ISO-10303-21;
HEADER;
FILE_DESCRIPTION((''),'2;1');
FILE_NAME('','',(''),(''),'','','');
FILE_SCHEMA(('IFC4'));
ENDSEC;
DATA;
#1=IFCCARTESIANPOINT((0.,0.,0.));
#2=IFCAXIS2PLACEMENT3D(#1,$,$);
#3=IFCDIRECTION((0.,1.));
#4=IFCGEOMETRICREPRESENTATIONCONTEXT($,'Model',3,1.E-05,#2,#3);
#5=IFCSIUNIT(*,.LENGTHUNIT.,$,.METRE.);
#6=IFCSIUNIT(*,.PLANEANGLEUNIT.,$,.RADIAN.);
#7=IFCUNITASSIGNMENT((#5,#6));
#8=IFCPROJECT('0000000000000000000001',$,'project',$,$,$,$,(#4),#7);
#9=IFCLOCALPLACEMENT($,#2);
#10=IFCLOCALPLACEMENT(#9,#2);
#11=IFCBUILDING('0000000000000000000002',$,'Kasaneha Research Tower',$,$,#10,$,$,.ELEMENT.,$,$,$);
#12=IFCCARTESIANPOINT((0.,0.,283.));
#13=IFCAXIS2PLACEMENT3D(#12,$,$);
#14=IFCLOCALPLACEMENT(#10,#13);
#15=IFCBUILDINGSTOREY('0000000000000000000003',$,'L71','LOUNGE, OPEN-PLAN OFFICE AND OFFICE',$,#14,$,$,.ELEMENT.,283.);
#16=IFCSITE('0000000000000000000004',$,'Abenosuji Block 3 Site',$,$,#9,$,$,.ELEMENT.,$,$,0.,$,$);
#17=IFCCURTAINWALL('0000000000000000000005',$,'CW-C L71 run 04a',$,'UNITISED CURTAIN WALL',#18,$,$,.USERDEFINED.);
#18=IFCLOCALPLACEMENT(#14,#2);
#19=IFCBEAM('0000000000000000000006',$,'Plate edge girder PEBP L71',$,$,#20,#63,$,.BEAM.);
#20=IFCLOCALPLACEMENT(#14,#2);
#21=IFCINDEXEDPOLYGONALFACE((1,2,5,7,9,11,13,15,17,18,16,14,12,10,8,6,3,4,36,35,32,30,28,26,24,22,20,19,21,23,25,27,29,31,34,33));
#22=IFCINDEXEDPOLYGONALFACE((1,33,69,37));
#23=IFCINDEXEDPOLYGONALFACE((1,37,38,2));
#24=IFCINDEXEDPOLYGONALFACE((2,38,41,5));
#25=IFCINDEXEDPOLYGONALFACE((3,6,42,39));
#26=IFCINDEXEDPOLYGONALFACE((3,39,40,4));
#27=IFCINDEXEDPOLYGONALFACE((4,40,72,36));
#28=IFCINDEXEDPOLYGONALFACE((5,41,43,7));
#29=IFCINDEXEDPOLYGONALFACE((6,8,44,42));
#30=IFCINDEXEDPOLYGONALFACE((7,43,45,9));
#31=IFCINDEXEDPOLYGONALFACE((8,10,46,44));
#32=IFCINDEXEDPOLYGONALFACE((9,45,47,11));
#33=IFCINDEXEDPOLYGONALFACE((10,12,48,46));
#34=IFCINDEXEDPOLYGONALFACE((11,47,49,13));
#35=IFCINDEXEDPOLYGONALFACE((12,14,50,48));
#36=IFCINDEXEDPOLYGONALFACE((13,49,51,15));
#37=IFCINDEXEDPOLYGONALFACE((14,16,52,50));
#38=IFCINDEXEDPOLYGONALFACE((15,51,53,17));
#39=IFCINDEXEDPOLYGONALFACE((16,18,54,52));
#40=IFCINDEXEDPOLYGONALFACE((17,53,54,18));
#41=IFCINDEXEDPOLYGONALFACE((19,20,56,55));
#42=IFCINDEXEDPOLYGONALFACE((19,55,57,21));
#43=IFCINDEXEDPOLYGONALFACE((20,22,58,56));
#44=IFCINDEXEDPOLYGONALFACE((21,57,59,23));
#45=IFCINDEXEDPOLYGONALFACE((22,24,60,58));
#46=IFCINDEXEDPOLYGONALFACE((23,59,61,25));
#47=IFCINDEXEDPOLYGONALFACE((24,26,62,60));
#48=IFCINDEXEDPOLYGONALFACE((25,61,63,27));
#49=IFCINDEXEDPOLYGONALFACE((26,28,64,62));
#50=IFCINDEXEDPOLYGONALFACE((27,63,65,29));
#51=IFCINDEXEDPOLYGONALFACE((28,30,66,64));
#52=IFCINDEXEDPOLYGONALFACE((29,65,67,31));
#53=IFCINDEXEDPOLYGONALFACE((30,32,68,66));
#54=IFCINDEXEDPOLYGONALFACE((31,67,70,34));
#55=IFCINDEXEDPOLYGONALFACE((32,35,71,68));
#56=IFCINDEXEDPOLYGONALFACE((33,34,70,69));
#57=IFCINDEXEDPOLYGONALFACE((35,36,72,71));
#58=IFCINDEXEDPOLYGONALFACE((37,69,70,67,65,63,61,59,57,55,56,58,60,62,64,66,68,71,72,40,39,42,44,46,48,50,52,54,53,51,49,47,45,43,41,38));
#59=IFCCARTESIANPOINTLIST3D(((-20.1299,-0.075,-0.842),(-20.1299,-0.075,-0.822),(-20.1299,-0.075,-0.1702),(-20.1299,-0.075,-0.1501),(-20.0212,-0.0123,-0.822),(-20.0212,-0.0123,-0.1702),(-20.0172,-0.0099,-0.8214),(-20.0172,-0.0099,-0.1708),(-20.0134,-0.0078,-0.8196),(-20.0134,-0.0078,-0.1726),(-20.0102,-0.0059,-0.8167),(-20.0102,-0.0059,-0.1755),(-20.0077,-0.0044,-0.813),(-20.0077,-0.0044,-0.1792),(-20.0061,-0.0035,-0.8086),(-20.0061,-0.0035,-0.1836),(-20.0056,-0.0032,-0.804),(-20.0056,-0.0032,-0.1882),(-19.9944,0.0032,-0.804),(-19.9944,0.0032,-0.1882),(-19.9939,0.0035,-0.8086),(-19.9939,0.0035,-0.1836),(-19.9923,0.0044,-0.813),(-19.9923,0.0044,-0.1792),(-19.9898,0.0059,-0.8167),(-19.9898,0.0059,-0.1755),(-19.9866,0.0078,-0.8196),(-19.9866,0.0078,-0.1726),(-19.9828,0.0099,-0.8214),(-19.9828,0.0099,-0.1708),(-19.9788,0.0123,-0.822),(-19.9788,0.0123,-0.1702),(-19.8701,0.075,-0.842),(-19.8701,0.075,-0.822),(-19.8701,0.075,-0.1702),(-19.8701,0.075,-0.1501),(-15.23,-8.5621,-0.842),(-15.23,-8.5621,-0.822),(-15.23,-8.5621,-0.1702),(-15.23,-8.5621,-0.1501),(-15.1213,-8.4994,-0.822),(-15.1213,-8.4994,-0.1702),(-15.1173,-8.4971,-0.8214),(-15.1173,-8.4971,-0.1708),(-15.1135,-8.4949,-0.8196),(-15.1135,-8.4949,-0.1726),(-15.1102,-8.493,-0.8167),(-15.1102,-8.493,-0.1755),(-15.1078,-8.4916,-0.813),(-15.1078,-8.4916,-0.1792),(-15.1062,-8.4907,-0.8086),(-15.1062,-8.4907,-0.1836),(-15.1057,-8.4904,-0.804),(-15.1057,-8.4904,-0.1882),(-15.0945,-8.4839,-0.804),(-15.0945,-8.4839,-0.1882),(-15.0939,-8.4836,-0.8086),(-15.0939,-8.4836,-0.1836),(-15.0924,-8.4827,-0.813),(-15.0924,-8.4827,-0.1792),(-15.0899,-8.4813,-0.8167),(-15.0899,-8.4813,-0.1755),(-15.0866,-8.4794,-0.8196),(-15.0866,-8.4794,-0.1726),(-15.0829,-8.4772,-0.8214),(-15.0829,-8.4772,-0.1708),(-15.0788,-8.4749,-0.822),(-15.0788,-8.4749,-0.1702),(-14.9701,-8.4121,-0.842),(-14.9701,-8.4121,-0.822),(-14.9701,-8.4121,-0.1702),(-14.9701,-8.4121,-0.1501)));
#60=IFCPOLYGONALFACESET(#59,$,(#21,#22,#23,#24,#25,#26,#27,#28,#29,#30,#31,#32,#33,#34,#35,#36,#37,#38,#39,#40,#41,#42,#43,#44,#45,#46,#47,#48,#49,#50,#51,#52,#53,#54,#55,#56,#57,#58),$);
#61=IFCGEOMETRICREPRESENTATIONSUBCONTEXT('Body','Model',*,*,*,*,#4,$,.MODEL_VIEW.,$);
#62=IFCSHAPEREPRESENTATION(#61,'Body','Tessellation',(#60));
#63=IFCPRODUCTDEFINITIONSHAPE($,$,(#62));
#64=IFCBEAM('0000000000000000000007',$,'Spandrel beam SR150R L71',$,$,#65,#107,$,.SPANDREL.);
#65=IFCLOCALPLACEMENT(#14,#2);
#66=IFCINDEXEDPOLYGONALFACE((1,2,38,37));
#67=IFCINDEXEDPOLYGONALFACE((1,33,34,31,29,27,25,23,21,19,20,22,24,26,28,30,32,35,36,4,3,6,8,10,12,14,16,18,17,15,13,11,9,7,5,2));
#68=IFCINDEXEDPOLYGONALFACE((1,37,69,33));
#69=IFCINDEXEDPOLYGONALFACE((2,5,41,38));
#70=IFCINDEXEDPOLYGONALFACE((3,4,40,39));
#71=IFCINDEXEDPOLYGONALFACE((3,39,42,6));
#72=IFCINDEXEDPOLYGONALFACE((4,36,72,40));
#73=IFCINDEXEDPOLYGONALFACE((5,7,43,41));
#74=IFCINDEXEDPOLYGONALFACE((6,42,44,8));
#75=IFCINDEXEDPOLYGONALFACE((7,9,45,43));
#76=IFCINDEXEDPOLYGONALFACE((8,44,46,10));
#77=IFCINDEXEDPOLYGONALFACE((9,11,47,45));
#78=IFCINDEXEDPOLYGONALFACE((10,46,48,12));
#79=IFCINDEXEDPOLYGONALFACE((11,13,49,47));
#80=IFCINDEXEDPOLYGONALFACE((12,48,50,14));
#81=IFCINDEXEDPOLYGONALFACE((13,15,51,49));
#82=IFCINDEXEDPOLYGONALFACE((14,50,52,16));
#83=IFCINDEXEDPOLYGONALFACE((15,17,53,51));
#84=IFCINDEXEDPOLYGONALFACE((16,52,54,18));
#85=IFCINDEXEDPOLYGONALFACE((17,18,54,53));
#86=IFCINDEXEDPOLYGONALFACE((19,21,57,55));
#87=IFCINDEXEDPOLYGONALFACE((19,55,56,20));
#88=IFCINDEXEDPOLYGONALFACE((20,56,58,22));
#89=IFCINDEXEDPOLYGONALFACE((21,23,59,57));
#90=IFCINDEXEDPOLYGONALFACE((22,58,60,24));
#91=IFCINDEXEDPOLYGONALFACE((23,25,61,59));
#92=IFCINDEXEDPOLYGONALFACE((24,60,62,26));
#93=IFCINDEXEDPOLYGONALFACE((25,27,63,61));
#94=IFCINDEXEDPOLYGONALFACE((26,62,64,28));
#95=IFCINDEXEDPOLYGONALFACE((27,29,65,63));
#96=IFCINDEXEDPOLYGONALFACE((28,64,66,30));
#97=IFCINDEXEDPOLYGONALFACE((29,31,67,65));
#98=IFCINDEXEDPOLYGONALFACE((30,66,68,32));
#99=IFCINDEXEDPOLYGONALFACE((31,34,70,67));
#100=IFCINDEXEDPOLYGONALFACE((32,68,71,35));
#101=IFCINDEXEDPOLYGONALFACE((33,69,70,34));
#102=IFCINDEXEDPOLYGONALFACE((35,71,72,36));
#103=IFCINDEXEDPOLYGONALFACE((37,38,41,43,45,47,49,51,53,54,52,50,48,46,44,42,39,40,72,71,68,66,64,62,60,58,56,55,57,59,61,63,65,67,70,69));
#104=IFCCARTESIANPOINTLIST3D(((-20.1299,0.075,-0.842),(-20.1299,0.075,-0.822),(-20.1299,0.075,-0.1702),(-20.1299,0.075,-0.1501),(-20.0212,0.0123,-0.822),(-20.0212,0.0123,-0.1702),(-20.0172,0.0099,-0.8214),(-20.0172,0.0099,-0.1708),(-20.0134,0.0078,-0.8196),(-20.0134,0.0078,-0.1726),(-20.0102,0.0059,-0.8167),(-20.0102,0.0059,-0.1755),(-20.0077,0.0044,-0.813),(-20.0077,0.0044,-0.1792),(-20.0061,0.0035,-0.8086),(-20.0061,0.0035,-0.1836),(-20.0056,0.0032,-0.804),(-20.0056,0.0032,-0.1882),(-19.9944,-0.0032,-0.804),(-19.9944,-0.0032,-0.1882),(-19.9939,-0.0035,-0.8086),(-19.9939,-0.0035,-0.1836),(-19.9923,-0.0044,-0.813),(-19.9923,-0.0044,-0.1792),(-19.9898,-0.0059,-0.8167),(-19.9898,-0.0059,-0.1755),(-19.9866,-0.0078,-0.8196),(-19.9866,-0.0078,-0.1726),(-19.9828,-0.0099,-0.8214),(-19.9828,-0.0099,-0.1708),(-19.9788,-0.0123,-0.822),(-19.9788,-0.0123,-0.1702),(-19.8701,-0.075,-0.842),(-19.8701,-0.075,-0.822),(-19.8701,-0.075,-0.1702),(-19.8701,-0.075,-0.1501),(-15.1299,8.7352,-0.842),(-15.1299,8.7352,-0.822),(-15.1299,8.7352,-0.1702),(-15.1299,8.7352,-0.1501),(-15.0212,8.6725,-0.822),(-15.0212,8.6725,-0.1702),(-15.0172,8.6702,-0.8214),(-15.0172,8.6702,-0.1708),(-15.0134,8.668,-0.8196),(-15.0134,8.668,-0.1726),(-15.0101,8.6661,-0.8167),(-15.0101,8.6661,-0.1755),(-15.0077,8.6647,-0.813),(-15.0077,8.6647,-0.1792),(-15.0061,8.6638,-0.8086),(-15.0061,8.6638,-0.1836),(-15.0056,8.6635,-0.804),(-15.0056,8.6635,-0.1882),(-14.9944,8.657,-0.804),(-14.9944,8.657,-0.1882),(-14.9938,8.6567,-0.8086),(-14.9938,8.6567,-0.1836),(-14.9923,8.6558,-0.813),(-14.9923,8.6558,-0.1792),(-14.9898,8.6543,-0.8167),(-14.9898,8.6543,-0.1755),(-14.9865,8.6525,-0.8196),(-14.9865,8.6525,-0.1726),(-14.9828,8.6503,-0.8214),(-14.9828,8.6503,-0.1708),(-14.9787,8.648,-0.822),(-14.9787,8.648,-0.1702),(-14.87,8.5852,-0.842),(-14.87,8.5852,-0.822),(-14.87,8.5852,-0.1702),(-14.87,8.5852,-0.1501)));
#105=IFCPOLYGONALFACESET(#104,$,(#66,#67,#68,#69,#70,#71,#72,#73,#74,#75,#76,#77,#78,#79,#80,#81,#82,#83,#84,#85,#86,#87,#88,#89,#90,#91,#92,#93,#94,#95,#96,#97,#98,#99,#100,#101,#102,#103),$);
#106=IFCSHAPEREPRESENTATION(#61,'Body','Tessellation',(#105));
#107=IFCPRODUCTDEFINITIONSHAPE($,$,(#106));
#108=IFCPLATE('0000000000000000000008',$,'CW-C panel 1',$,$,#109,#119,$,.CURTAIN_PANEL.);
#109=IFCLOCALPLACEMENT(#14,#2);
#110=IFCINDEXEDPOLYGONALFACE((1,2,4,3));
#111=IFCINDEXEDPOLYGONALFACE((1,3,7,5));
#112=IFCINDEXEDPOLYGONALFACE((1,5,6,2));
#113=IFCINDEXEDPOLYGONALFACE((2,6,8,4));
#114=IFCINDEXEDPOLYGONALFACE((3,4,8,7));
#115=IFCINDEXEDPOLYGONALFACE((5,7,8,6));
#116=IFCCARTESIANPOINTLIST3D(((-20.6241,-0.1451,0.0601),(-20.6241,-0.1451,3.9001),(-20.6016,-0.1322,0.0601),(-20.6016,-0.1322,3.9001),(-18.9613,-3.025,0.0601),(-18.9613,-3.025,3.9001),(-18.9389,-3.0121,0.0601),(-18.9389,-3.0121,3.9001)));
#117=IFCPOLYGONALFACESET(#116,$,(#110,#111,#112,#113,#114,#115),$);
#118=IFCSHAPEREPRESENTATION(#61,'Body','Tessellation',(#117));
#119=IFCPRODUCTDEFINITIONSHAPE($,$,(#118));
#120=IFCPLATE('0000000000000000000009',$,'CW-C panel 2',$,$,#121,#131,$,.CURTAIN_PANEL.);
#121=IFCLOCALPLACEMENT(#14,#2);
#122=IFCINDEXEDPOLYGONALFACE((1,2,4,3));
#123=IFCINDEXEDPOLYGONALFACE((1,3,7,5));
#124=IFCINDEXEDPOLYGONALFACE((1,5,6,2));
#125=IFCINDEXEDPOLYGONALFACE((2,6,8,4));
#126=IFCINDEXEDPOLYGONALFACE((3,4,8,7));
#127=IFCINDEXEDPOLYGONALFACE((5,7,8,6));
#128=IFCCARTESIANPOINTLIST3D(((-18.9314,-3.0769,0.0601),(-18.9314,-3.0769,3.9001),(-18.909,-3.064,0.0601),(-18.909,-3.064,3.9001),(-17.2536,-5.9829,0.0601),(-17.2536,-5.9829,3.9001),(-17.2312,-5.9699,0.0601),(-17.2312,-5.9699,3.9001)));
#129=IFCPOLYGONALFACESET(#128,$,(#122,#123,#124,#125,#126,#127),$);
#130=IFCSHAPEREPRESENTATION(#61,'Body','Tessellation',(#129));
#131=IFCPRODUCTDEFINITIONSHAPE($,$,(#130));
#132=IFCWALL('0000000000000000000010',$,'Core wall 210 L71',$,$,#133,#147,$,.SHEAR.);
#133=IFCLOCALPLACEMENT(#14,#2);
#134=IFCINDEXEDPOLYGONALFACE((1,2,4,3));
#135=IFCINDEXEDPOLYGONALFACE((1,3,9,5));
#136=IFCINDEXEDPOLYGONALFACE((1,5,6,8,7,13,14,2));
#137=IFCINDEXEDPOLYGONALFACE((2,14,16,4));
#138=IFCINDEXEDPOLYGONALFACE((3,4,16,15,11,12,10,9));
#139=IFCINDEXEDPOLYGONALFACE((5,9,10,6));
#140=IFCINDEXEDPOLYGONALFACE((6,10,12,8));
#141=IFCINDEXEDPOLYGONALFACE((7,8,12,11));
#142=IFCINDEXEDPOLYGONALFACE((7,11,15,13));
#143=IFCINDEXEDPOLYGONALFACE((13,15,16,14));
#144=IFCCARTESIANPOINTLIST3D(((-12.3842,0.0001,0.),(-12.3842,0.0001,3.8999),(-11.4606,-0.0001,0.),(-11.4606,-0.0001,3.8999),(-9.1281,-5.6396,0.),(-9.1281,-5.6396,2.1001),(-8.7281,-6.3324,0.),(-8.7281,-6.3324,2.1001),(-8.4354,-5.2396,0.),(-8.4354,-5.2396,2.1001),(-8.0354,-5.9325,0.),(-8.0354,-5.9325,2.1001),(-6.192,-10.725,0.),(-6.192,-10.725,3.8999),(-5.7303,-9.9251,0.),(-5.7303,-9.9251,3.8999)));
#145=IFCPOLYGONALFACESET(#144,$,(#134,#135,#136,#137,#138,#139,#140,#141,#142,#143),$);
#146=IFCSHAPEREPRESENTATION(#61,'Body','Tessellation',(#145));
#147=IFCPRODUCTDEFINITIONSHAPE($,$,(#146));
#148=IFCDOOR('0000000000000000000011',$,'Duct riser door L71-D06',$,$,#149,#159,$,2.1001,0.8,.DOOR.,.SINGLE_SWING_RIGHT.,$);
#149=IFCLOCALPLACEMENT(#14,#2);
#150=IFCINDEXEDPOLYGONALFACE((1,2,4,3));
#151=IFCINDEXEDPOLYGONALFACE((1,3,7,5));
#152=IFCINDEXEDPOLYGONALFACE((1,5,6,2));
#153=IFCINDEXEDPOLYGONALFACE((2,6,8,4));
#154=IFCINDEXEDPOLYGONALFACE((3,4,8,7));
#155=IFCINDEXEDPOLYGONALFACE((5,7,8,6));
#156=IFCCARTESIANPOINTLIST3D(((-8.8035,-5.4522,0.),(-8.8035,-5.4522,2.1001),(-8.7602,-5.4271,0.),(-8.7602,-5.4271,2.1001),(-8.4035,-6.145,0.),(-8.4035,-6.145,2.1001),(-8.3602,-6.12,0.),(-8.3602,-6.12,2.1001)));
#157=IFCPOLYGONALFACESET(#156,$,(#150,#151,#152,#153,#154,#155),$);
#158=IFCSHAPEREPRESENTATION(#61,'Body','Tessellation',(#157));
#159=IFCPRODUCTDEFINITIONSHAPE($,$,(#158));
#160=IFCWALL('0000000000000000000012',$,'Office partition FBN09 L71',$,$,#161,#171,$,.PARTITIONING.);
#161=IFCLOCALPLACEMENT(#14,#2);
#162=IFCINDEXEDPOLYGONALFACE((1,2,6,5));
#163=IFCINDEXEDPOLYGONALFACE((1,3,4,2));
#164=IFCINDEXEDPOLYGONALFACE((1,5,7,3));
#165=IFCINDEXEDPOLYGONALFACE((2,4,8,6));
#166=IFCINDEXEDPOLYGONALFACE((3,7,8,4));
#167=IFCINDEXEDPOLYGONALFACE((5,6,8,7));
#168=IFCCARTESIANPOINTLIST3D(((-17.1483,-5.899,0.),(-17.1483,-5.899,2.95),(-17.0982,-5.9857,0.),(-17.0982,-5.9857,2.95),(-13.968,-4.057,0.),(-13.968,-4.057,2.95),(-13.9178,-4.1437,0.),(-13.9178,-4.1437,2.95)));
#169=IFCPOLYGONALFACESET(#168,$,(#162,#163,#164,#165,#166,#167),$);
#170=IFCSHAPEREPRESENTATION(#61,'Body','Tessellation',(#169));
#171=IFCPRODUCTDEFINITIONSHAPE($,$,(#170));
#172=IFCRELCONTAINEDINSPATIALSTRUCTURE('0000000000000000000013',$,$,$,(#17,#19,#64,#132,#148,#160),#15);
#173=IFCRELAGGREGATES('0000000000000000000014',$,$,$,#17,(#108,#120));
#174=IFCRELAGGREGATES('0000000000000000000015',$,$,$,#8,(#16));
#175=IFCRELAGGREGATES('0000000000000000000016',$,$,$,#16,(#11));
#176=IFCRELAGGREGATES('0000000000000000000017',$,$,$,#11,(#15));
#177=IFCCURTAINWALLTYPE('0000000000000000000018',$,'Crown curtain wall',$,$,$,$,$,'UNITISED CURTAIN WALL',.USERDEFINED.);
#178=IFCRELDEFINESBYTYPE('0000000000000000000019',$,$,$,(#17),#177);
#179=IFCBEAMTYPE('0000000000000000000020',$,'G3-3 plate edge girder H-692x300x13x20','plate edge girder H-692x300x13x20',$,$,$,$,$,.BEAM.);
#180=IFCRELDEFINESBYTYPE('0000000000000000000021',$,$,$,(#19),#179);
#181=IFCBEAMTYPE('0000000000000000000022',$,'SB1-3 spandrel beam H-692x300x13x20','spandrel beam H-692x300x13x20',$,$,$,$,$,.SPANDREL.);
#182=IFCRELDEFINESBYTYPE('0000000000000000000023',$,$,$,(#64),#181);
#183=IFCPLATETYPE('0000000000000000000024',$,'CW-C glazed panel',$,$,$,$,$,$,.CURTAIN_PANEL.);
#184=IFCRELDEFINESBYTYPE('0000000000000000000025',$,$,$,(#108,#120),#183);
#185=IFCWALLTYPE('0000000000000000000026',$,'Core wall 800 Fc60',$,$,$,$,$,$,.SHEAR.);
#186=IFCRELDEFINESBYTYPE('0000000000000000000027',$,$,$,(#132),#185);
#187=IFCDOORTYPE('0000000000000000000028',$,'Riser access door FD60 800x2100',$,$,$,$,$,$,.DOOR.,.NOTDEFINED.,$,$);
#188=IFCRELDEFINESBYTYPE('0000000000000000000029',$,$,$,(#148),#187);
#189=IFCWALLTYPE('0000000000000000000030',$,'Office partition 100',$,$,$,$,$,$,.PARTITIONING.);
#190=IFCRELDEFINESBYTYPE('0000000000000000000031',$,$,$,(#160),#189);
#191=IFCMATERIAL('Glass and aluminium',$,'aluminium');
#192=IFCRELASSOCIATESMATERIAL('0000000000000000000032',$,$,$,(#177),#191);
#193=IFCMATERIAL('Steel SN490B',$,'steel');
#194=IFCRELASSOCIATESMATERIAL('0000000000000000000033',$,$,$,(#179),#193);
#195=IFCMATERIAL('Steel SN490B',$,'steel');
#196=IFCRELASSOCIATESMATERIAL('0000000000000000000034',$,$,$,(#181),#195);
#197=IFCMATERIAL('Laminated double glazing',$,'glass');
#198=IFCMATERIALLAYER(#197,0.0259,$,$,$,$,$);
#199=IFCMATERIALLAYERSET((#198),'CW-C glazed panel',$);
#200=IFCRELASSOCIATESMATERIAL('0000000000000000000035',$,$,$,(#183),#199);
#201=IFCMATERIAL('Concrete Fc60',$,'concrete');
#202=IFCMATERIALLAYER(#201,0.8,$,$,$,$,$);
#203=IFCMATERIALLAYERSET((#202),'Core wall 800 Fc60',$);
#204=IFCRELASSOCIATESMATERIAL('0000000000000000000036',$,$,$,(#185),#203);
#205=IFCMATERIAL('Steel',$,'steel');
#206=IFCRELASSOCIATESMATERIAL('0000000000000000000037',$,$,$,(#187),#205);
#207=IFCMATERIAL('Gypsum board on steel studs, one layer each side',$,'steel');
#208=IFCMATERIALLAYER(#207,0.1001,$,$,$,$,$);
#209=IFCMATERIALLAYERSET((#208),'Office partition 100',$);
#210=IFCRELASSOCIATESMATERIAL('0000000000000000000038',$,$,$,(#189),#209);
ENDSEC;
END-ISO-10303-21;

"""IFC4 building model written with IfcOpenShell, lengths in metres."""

from ifc_helpers import new_model, si_unit, direction, frame, frame_2d, origin, origin_2d, place, context, subcontext, project, spatial, polyline, rectangle, i_section, outline, extrude, material, layer, layer_set, material_profile, profile_set, type_object, element, fill, aggregate, save


model = new_model("IFC4")

# Units and contexts
model_context = context("Model", 3, precision=1e-05, world=origin(), true_north=direction((0.0, 1.0)))
body_context = subcontext(model_context, "Body", "Model", "MODEL_VIEW")
ifc_project = project(units=[si_unit("LENGTHUNIT", "METRE"), si_unit("PLANEANGLEUNIT", "RADIAN")], contexts=[model_context])

# Site, building, storey
site_placement = place(None, origin())
site = spatial("IfcSite", under=ifc_project, at=site_placement, Name="Abenosuji Block 3 Site", CompositionType="ELEMENT", RefElevation=0.0)
building_placement = place(site_placement, origin())
building = spatial("IfcBuilding", under=site, at=building_placement, Name="Kasaneha Research Tower", CompositionType="ELEMENT")
storey_placement = place(building_placement, frame((0.0, 0.0, 283.0)))
storey = spatial("IfcBuildingStorey", under=building, at=storey_placement, Name="L71", Description="LOUNGE, OPEN-PLAN OFFICE AND OFFICE", CompositionType="ELEMENT", Elevation=283.0)

# Curtain wall
ifc_material_1 = material(Name="Glass and aluminium", Category="aluminium")
curtain_wall_type = type_object("IfcCurtainWallType", Name="Crown curtain wall", ElementType="UNITISED CURTAIN WALL", PredefinedType="USERDEFINED", material=ifc_material_1)
curtain_wall_placement = place(storey_placement, origin())
curtain_wall = element("IfcCurtainWall", 1, at=curtain_wall_placement, inside=storey, type_object=curtain_wall_type, Name="CW-C L71 run 04a", ObjectType="UNITISED CURTAIN WALL", PredefinedType="USERDEFINED")

# Beams
ifc_material_2 = material(Name="Steel SN490B", Category="steel")
ifc_material_profile_1 = material_profile(ifc_material_2, i_section(OverallWidth=0.3, OverallDepth=0.6919, WebThickness=0.0129, FlangeThickness=0.02, FilletRadius=0.0181, at=origin_2d()), Name="H-692x300x13x20")
ifc_profile_set_1 = profile_set([ifc_material_profile_1], Name="Steel SN490B")
beam_type_1 = type_object("IfcBeamType", Name="G3-3 plate edge girder H-692x300x13x20", Description="plate edge girder H-692x300x13x20", PredefinedType="BEAM", material=ifc_profile_set_1)
beam_1_placement = place(storey_placement, frame((-20.0, 0.0, -0.4961), z_axis=(0.499992, -0.86603, 0.0), x_axis=(0.86603, 0.499992, 0.0)))
element("IfcBeam", 2, at=beam_1_placement, inside=storey, type_object=beam_type_1, Name="Plate edge girder PEBP L71", PredefinedType="BEAM", context=body_context, shape_type="SweptSolid", body=[
    extrude(i_section(OverallWidth=0.3, OverallDepth=0.6919, WebThickness=0.0129, FlangeThickness=0.02, FilletRadius=0.0181, at=origin_2d()), origin(), (0.0, 0.0, 1.0), 9.8),
])
ifc_material_3 = material(Name="Steel SN490B", Category="steel")
ifc_material_profile_2 = material_profile(ifc_material_3, i_section(OverallWidth=0.3, OverallDepth=0.6919, WebThickness=0.0129, FlangeThickness=0.02, FilletRadius=0.0181, at=origin_2d()), Name="H-692x300x13x20")
ifc_profile_set_2 = profile_set([ifc_material_profile_2], Name="Steel SN490B")
beam_type_2 = type_object("IfcBeamType", Name="SB1-3 spandrel beam H-692x300x13x20", Description="spandrel beam H-692x300x13x20", PredefinedType="SPANDREL", material=ifc_profile_set_2)
beam_2_placement = place(storey_placement, frame((-20.0, 0.0, -0.4961), z_axis=(0.500004, 0.866023, 0.0), x_axis=(-0.866023, 0.500004, 0.0)))
element("IfcBeam", 3, at=beam_2_placement, inside=storey, type_object=beam_type_2, Name="Spandrel beam SR150R L71", PredefinedType="SPANDREL", context=body_context, shape_type="SweptSolid", body=[
    extrude(i_section(OverallWidth=0.3, OverallDepth=0.6919, WebThickness=0.0129, FlangeThickness=0.02, FilletRadius=0.0181, at=origin_2d()), origin(), (0.0, 0.0, 1.0), 10.0),
])

# Plates
ifc_material_4 = material(Name="Laminated double glazing", Category="glass")
ifc_layer_1 = layer(ifc_material_4, 0.0259)
ifc_layer_set_1 = layer_set([ifc_layer_1], Name="CW-C glazed panel")
plate_type = type_object("IfcPlateType", Name="CW-C glazed panel", PredefinedType="CURTAIN_PANEL", material=ifc_layer_set_1)
plate_1_placement = place(storey_placement, frame((-19.7815, -1.5786, 0.0601), z_axis=(0.0, 0.0, 1.0), x_axis=(0.5, -0.866025, 0.0)))
plate_1 = element("IfcPlate", 4, at=plate_1_placement, type_object=plate_type, Name="CW-C panel 1", PredefinedType="CURTAIN_PANEL", context=body_context, shape_type="SweptSolid", body=[
    extrude(rectangle(XDim=3.3254, YDim=0.0259, at=origin_2d()), origin(), (0.0, 0.0, 1.0), 3.8401),
])
plate_2_placement = place(storey_placement, frame((-18.0813, -4.5234, 0.0601), z_axis=(0.0, 0.0, 1.0), x_axis=(0.5, -0.866025, 0.0)))
plate_2 = element("IfcPlate", 5, at=plate_2_placement, type_object=plate_type, Name="CW-C panel 2", PredefinedType="CURTAIN_PANEL", context=body_context, shape_type="SweptSolid", body=[
    extrude(rectangle(XDim=3.3555, YDim=0.0259, at=origin_2d()), origin(), (0.0, 0.0, 1.0), 3.8401),
])
aggregate(curtain_wall, [plate_1, plate_2])

# Wall, opening, door
ifc_material_5 = material(Name="Concrete Fc60", Category="concrete")
ifc_layer_2 = layer(ifc_material_5, 0.8)
ifc_layer_set_2 = layer_set([ifc_layer_2], Name="Core wall 800 Fc60")
wall_type_1 = type_object("IfcWallType", Name="Core wall 800 Fc60", PredefinedType="SHEAR", material=ifc_layer_set_2)
wall_1_placement = place(storey_placement, frame((-11.9224, 0.0, 0.0), z_axis=(0.0, 0.0, 1.0), x_axis=(0.500004, -0.866023, 0.0)))
wall_1 = element("IfcWall", 6, at=wall_1_placement, inside=storey, type_object=wall_type_1, Name="Core wall 210 L71", PredefinedType="SHEAR", context=body_context, shape_type="SweptSolid", body=[
    extrude(outline(polyline([(-0.231, -0.3999), (6.2812, -0.3999), (7.0813, -0.3999), (12.1533, -0.3999), (11.6914, 0.3999), (7.0813, 0.3999), (6.2812, 0.3999), (0.231, 0.3999), (-0.231, -0.3999)])), origin(), (0.0, 0.0, 1.0), 3.8999),
])
opening_1_placement = place(wall_1_placement, frame((6.2812, 0.0, 0.0)))
opening_1 = element("IfcOpeningElement", 7, at=opening_1_placement, cuts=wall_1, PredefinedType="OPENING", context=body_context, shape_type="SweptSolid", body=[
    extrude(rectangle(XDim=0.8, YDim=2.1001, at=frame_2d((0.3999, 1.05))), frame((0.0, 0.4102, 0.0), z_axis=(0.0, -1.0, 0.0), x_axis=(1.0, 0.0, 0.0)), (0.0, 0.0, 1.0), 0.8201),
])
ifc_material_6 = material(Name="Steel", Category="steel")
door_type_1 = type_object("IfcDoorType", Name="Riser access door FD60 800x2100", OperationType="NOTDEFINED", PredefinedType="DOOR", material=ifc_material_6)
door_1_placement = place(opening_1_placement, origin())
door_1 = element("IfcDoor", 8, at=door_1_placement, inside=storey, type_object=door_type_1, Name="Duct riser door L71-D06", OperationType="SINGLE_SWING_RIGHT", OverallHeight=2.1001, OverallWidth=0.8, PredefinedType="DOOR", context=body_context, shape_type="SweptSolid", body=[
    extrude(rectangle(XDim=0.8, YDim=2.1001, at=frame_2d((0.3999, 1.05))), frame((0.0, 0.0249, 0.0), z_axis=(0.0, -1.0, 0.0), x_axis=(1.0, 0.0, 0.0)), (0.0, 0.0, 1.0), 0.05),
])
fill(opening_1, door_1)

# Wall
ifc_material_7 = material(Name="Gypsum board on steel studs, one layer each side", Category="steel")
ifc_layer_3 = layer(ifc_material_7, 0.1001)
ifc_layer_set_3 = layer_set([ifc_layer_3], Name="Office partition 100")
wall_type_2 = type_object("IfcWallType", Name="Office partition 100", PredefinedType="PARTITIONING", material=ifc_layer_set_3)
wall_2_placement = place(storey_placement, frame((-13.9429, -4.1003, 0.0), z_axis=(0.0, 0.0, 1.0), x_axis=(-0.865338, -0.501188, 0.0)))
element("IfcWall", 9, at=wall_2_placement, inside=storey, type_object=wall_type_2, Name="Office partition FBN09 L71", PredefinedType="PARTITIONING", context=body_context, shape_type="SweptSolid", body=[
    extrude(rectangle(XDim=3.6753, YDim=0.1001, at=frame_2d((1.8376, 0.0))), origin(), (0.0, 0.0, 1.0), 2.95),
])

save(model, "model.ifc")
